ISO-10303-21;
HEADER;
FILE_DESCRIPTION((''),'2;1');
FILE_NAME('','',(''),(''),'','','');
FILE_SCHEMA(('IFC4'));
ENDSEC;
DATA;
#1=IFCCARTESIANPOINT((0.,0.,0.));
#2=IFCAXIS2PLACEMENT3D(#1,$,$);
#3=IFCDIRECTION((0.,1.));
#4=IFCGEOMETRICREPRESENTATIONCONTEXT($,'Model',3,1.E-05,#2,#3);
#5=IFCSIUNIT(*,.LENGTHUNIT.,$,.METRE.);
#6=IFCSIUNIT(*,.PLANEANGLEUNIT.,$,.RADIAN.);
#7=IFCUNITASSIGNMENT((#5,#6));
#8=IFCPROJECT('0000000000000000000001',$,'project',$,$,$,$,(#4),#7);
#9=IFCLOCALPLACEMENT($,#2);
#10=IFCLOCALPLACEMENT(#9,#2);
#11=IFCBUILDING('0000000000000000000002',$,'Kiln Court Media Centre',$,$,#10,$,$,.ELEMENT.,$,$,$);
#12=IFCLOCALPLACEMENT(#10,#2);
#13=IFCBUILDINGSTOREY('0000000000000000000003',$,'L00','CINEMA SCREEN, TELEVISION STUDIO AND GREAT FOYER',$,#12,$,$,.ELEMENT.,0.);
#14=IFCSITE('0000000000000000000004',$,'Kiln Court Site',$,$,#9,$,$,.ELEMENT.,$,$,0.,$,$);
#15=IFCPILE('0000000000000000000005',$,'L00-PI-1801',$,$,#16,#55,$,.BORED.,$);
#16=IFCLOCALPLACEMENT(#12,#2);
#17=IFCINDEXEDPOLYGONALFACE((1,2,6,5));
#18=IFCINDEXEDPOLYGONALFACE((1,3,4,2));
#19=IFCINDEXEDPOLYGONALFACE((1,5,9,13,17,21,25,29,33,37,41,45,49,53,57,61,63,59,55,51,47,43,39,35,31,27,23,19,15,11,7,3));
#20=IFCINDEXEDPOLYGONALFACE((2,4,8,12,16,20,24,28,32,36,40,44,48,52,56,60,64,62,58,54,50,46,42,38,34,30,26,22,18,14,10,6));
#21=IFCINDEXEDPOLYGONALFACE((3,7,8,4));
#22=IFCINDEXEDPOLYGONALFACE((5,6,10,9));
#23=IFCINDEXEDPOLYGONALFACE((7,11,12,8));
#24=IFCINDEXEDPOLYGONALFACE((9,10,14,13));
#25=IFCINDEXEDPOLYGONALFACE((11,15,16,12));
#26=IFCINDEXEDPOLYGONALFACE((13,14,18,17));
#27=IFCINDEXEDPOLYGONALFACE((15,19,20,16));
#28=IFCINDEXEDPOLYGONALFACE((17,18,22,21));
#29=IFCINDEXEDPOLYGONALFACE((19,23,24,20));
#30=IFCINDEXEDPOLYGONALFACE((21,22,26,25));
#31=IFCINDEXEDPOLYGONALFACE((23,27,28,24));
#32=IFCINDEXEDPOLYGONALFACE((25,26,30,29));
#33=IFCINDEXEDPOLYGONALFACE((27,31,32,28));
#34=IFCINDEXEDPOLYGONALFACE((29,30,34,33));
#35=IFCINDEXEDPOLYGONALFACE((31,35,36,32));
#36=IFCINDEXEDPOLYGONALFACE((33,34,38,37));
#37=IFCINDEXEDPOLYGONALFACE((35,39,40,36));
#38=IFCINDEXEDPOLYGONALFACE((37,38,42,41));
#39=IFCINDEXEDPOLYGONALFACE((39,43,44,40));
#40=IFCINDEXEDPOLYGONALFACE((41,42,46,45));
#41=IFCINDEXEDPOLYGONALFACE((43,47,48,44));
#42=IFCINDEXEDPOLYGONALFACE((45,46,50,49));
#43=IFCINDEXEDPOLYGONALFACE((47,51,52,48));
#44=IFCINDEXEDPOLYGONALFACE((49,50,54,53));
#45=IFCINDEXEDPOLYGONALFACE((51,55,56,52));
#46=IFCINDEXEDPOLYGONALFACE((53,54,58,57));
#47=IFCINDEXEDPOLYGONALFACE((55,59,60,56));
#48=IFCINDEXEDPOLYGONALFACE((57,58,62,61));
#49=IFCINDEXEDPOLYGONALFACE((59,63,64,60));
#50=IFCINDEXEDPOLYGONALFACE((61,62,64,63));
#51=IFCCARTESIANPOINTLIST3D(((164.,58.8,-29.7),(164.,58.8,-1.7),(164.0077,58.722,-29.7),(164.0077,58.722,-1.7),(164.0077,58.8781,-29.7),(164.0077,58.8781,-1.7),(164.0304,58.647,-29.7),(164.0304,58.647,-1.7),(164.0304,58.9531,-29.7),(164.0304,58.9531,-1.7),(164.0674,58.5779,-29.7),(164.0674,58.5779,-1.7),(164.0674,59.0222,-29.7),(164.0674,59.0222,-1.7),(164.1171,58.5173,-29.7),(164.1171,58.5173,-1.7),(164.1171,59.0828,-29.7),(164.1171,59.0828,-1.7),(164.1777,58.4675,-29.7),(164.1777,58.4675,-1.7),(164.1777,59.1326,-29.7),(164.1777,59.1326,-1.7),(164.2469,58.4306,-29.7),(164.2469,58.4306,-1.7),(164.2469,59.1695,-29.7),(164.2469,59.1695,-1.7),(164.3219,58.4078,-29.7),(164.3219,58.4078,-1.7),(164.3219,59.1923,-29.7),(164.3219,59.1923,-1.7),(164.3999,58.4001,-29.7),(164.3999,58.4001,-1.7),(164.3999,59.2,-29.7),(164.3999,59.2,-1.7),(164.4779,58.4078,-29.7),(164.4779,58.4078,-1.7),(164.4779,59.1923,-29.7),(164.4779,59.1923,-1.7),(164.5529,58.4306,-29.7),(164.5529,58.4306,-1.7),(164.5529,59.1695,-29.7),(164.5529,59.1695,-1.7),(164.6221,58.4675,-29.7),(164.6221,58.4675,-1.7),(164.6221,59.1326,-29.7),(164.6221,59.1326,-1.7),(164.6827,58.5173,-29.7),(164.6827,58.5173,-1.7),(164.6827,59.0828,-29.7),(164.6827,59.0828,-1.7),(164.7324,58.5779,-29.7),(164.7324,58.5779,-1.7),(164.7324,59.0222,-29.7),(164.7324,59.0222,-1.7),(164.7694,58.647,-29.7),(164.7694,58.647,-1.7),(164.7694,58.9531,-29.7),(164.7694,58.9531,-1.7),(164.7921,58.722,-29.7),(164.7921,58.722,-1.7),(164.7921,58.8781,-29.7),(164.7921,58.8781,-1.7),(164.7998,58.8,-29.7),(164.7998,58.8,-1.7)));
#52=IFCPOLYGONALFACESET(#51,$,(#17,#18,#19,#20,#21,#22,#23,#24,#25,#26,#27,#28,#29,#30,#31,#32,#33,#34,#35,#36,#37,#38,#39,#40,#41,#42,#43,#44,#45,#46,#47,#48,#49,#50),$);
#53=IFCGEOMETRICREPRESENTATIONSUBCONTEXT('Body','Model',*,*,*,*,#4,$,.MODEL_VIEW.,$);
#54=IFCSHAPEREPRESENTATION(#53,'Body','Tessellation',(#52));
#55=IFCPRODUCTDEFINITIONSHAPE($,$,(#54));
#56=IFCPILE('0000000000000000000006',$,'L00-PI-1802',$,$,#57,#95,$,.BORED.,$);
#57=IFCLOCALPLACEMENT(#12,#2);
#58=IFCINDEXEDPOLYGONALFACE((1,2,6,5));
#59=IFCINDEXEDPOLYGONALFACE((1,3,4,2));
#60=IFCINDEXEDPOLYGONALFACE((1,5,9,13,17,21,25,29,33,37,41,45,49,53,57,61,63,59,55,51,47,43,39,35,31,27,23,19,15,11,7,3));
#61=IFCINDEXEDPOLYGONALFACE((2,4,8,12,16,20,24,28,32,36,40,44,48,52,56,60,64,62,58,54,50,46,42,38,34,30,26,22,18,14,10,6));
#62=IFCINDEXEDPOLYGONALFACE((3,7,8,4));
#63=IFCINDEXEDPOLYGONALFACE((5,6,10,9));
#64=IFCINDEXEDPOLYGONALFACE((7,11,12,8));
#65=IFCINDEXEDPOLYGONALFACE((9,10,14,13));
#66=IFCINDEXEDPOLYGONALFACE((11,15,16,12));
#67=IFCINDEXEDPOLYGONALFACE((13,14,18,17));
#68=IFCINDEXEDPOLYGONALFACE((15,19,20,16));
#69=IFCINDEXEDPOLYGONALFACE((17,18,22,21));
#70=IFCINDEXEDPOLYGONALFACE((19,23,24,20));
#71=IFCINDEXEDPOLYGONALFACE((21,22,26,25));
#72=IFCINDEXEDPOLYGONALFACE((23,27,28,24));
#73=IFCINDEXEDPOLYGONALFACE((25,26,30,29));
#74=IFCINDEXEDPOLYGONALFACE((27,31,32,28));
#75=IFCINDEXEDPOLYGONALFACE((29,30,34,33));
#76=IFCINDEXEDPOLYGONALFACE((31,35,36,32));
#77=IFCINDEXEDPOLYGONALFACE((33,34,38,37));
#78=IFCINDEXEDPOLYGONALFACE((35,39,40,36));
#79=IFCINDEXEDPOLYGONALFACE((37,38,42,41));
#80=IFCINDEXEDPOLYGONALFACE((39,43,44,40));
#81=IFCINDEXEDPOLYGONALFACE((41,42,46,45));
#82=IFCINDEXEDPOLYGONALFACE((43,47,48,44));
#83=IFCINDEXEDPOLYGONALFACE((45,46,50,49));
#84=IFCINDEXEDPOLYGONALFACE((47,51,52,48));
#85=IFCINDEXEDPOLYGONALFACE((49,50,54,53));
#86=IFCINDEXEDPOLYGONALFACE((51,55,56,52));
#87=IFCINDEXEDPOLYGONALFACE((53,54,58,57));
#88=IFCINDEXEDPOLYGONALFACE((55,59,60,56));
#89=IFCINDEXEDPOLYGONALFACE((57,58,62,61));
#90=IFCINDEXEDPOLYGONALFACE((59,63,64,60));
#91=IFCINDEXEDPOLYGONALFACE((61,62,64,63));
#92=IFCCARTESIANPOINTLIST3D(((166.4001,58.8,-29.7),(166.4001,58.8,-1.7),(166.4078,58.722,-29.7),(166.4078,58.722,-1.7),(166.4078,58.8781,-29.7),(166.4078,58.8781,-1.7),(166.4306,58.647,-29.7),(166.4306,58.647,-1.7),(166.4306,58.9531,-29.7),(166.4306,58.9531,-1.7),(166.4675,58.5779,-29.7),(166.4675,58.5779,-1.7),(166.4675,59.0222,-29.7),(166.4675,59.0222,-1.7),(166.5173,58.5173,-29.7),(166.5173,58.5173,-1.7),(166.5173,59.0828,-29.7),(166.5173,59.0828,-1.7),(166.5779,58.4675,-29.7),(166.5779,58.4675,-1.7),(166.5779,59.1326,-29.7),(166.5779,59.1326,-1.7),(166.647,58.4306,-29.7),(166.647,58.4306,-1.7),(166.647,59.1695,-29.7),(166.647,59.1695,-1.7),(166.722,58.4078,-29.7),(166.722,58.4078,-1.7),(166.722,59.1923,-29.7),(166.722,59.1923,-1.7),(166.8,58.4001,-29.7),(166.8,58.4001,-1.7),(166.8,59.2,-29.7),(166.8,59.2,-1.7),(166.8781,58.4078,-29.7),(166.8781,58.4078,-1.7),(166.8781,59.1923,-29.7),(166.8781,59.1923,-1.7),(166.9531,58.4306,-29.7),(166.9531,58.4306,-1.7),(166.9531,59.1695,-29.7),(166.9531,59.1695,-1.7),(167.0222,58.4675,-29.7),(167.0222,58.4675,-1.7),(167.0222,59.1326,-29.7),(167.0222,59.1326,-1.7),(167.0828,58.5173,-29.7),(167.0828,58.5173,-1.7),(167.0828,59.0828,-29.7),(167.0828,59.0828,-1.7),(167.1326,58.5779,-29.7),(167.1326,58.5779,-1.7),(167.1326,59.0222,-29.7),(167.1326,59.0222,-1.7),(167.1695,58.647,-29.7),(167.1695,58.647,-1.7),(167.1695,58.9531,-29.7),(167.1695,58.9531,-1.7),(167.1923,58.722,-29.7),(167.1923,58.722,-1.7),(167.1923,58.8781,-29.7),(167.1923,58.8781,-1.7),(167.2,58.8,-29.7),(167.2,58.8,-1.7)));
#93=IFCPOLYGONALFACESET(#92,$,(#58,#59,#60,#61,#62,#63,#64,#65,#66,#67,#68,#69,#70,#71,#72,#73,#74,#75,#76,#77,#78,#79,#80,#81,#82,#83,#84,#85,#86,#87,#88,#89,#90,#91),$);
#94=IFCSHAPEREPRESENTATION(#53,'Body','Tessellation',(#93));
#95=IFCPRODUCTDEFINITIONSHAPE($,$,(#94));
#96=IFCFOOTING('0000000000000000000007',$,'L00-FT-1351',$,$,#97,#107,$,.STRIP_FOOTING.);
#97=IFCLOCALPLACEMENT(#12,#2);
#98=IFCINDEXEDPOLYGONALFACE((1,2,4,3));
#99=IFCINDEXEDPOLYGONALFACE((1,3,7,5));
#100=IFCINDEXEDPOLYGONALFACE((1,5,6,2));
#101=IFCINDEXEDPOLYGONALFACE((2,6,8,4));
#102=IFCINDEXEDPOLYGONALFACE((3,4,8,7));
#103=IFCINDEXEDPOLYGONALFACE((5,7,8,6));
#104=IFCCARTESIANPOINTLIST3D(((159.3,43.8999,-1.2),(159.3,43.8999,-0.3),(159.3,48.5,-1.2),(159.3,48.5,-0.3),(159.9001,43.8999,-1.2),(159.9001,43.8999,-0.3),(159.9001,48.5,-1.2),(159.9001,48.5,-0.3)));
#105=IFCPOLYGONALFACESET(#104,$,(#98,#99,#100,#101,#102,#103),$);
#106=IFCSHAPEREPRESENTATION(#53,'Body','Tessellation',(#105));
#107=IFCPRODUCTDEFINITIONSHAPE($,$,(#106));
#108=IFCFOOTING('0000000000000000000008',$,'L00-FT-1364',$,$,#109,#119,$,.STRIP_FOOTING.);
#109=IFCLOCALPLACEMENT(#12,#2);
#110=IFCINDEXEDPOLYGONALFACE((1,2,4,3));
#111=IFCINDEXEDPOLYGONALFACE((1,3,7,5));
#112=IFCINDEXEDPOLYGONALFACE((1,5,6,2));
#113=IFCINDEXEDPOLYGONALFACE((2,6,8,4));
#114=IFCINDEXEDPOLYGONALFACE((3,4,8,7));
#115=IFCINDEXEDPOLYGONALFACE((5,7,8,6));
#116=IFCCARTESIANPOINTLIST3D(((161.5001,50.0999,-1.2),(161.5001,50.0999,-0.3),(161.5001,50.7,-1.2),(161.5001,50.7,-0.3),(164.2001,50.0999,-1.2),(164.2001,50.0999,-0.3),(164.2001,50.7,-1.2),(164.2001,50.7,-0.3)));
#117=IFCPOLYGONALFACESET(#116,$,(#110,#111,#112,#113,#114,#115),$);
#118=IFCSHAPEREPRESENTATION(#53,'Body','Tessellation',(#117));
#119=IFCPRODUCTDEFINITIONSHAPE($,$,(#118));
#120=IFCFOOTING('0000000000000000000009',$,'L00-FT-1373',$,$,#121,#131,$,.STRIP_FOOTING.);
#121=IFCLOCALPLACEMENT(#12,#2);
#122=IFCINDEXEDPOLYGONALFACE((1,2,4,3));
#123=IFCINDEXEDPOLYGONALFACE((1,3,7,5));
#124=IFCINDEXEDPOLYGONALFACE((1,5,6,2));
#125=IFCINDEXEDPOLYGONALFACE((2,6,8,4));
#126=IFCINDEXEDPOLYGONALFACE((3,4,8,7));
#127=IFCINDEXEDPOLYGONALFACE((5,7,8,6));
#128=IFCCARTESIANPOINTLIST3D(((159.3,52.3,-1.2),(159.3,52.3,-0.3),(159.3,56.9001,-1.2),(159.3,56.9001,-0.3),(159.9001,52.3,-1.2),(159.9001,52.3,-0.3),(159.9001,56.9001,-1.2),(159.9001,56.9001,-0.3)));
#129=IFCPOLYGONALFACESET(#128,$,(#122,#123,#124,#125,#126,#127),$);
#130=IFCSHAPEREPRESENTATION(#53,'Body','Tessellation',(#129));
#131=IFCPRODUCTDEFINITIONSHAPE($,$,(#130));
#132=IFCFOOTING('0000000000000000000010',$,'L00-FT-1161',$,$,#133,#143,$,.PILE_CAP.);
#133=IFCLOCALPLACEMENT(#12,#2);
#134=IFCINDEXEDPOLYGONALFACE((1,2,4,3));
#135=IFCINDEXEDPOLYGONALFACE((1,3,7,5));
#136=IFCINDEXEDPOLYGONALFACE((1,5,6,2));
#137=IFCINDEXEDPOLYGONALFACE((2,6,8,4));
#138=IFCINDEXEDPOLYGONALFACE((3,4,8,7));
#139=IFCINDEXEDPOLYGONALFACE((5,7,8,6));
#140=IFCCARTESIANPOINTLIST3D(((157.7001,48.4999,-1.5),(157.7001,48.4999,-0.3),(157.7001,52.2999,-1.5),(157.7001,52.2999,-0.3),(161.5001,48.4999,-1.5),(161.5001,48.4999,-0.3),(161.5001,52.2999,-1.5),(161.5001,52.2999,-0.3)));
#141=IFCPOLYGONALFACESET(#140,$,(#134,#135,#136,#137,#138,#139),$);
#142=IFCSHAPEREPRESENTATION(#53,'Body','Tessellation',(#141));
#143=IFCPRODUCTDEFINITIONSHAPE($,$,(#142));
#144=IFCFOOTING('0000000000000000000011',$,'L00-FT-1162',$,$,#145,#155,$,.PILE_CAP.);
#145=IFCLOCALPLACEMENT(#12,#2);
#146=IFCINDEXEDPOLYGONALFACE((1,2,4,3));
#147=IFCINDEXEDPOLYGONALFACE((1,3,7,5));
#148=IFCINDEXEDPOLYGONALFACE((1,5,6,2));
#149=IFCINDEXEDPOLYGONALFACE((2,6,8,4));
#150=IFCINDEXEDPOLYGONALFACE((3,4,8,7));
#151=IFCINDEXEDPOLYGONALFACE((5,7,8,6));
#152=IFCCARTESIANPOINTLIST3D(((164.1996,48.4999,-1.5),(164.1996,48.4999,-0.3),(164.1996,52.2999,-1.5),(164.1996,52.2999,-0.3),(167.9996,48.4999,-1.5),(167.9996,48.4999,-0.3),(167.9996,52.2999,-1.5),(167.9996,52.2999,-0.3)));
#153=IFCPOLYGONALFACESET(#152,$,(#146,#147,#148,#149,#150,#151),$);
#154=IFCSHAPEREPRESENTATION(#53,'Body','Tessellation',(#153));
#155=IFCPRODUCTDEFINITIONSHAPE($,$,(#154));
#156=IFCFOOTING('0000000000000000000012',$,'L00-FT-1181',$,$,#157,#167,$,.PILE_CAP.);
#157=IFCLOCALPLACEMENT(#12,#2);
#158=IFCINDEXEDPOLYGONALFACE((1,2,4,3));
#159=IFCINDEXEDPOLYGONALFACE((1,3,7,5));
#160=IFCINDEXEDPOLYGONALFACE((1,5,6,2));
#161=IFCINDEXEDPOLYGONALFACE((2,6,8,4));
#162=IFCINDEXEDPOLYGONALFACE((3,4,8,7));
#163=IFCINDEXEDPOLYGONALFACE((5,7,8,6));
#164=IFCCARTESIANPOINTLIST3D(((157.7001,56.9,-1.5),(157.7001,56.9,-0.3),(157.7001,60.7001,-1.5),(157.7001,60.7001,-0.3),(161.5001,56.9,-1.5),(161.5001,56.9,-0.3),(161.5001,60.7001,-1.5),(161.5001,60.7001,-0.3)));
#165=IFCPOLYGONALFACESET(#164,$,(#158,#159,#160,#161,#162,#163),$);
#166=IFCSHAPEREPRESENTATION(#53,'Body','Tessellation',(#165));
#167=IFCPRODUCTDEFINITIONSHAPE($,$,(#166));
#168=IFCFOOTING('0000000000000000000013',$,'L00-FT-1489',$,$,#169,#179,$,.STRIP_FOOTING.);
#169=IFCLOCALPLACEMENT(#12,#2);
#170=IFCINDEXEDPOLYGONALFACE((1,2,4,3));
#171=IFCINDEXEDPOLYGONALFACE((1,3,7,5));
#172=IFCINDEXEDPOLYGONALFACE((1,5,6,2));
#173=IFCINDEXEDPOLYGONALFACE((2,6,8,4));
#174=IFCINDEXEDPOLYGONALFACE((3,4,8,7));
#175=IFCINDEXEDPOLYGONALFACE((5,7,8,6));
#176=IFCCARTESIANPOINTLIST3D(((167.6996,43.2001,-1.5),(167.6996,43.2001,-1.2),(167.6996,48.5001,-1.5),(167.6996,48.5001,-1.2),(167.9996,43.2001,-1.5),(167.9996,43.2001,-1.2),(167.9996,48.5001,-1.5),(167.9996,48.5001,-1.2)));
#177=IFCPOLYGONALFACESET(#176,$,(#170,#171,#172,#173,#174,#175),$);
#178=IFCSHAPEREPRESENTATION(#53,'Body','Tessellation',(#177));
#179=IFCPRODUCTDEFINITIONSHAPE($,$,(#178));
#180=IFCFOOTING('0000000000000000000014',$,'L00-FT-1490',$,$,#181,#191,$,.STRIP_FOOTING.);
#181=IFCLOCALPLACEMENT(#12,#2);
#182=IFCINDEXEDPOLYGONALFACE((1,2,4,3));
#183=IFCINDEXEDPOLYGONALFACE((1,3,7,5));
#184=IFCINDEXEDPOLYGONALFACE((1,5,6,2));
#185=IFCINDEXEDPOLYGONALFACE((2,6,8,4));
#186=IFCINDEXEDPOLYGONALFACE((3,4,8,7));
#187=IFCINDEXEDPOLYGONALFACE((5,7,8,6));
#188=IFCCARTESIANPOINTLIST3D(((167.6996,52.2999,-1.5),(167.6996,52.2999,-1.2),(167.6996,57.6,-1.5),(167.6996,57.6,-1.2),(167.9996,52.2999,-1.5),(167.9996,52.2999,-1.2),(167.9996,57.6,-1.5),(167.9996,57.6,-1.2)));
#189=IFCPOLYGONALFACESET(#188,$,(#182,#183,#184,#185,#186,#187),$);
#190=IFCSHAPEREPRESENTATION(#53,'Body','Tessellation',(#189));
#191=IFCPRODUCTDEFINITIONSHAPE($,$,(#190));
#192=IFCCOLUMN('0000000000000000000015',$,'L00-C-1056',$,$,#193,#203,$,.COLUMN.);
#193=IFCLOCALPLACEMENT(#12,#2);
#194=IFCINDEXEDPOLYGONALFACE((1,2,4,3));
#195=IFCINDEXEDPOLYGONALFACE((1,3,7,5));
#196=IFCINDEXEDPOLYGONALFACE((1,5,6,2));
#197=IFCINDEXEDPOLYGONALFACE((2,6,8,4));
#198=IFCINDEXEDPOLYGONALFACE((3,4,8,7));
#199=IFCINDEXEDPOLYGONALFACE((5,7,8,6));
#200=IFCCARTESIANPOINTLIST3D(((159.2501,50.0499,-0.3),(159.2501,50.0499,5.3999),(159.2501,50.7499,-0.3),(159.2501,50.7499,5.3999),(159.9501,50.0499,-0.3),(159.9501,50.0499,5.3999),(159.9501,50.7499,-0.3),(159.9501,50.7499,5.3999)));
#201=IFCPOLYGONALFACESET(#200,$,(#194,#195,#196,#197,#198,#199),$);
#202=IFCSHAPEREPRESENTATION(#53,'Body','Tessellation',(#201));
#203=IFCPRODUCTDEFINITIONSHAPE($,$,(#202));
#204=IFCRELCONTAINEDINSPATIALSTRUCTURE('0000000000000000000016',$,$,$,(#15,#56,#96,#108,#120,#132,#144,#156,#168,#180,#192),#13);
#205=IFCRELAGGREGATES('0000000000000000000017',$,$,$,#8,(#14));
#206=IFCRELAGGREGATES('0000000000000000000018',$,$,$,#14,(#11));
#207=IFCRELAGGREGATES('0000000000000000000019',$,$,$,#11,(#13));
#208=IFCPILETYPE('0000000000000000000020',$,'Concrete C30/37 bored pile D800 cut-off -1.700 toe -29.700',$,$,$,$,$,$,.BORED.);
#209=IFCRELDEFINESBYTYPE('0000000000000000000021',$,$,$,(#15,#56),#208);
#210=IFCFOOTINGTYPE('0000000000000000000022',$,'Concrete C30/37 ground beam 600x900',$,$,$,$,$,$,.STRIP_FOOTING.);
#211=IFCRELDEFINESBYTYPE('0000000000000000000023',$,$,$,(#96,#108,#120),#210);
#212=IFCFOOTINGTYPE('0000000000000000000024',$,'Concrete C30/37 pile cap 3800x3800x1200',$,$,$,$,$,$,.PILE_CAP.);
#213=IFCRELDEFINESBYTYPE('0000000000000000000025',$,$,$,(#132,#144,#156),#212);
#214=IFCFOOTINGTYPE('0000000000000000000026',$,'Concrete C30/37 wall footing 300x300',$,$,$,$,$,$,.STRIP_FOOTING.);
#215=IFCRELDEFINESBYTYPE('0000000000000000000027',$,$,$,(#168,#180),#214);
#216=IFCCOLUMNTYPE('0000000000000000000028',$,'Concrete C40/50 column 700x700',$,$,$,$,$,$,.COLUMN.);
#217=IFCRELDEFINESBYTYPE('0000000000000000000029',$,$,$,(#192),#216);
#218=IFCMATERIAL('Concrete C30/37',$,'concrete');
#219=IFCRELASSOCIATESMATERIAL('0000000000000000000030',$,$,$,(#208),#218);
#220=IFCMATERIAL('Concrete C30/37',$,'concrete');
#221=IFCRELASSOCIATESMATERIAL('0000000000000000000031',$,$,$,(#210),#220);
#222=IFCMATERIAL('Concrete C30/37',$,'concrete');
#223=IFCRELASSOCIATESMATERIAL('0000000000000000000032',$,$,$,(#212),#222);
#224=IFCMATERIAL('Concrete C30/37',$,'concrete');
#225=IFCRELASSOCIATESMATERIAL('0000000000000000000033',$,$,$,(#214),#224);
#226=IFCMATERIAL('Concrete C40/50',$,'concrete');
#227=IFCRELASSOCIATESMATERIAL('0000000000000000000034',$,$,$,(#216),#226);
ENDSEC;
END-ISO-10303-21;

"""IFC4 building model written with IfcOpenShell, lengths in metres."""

from ifc_helpers import new_model, si_unit, direction, frame, origin, origin_2d, place, context, subcontext, project, spatial, rectangle, circle, extrude, material, material_profile, profile_set, type_object, element, save


model = new_model("IFC4")

# Units and contexts
model_context = context("Model", 3, precision=1e-05, world=origin(), true_north=direction((0.0, 1.0)))
body_context = subcontext(model_context, "Body", "Model", "MODEL_VIEW")
ifc_project = project(units=[si_unit("LENGTHUNIT", "METRE"), si_unit("PLANEANGLEUNIT", "RADIAN")], contexts=[model_context])

# Site, building, storey
site_placement = place(None, origin())
site = spatial("IfcSite", under=ifc_project, at=site_placement, Name="Kiln Court Site", CompositionType="ELEMENT", RefElevation=0.0)
building_placement = place(site_placement, origin())
building = spatial("IfcBuilding", under=site, at=building_placement, Name="Kiln Court Media Centre", CompositionType="ELEMENT")
storey_placement = place(building_placement, origin())
storey = spatial("IfcBuildingStorey", under=building, at=storey_placement, Name="L00", Description="CINEMA SCREEN, TELEVISION STUDIO AND GREAT FOYER", CompositionType="ELEMENT", Elevation=0.0)

# Piles
ifc_material_1 = material(Name="Concrete C30/37", Category="concrete")
ifc_material_profile_1 = material_profile(ifc_material_1, circle(Radius=0.3999, at=origin_2d()), Name="PILE D800")
ifc_profile_set_1 = profile_set([ifc_material_profile_1], Name="Concrete C30/37")
pile_type_1 = type_object("IfcPileType", Name="Concrete C30/37 bored pile D800 cut-off -1.700 toe -29.700", PredefinedType="BORED", material=ifc_profile_set_1)
for number, where, z_axis, x_axis, name in (
    (1, (164.3999, 58.8, -1.7), (0.0, 0.0, -1.0), (1.0, 0.0, 0.0), "L00-PI-1801"),
    (2, (166.8, 58.8, -1.7), (0.0, 0.0, -1.0), (1.0, 0.0, 0.0), "L00-PI-1802"),
):
    element("IfcPile", number, at=place(storey_placement, frame(where, z_axis=z_axis, x_axis=x_axis)), inside=storey, type_object=pile_type_1, Name=name, PredefinedType="BORED", context=body_context, shape_type="SweptSolid", body=[
        extrude(circle(Radius=0.3999, at=origin_2d()), origin(), (0.0, 0.0, 1.0), 28.0),
    ])

# Footings
ifc_material_2 = material(Name="Concrete C30/37", Category="concrete")
footing_type_1 = type_object("IfcFootingType", Name="Concrete C30/37 ground beam 600x900", PredefinedType="STRIP_FOOTING", material=ifc_material_2)
footing_1_placement = place(storey_placement, frame((159.6001, 46.2, -1.2), z_axis=(0.0, 0.0, 1.0), x_axis=(1.0, 0.0, 0.0)))
element("IfcFooting", 3, at=footing_1_placement, inside=storey, type_object=footing_type_1, Name="L00-FT-1351", PredefinedType="STRIP_FOOTING", context=body_context, shape_type="SweptSolid", body=[
    extrude(rectangle(XDim=0.6001, YDim=4.6001, at=origin_2d()), origin(), (0.0, 0.0, 1.0), 0.8999),
])
footing_2_placement = place(storey_placement, frame((162.8501, 50.3999, -1.2), z_axis=(0.0, 0.0, 1.0), x_axis=(1.0, 0.0, 0.0)))
element("IfcFooting", 4, at=footing_2_placement, inside=storey, type_object=footing_type_1, Name="L00-FT-1364", PredefinedType="STRIP_FOOTING", context=body_context, shape_type="SweptSolid", body=[
    extrude(rectangle(XDim=2.7, YDim=0.6001, at=origin_2d()), origin(), (0.0, 0.0, 1.0), 0.8999),
])
footing_3_placement = place(storey_placement, frame((159.6001, 54.6001, -1.2), z_axis=(0.0, 0.0, 1.0), x_axis=(1.0, 0.0, 0.0)))
element("IfcFooting", 5, at=footing_3_placement, inside=storey, type_object=footing_type_1, Name="L00-FT-1373", PredefinedType="STRIP_FOOTING", context=body_context, shape_type="SweptSolid", body=[
    extrude(rectangle(XDim=0.6001, YDim=4.6001, at=origin_2d()), origin(), (0.0, 0.0, 1.0), 0.8999),
])
ifc_material_3 = material(Name="Concrete C30/37", Category="concrete")
footing_type_2 = type_object("IfcFootingType", Name="Concrete C30/37 pile cap 3800x3800x1200", PredefinedType="PILE_CAP", material=ifc_material_3)
for number, where, z_axis, x_axis, name in (
    (6, (159.6001, 50.3999, -1.5), (0.0, 0.0, 1.0), (1.0, 0.0, 0.0), "L00-FT-1161"),
    (7, (166.0996, 50.3999, -1.5), (0.0, 0.0, 1.0), (1.0, 0.0, 0.0), "L00-FT-1162"),
    (8, (159.6001, 58.8, -1.5), (0.0, 0.0, 1.0), (1.0, 0.0, 0.0), "L00-FT-1181"),
):
    element("IfcFooting", number, at=place(storey_placement, frame(where, z_axis=z_axis, x_axis=x_axis)), inside=storey, type_object=footing_type_2, Name=name, PredefinedType="PILE_CAP", context=body_context, shape_type="SweptSolid", body=[
        extrude(rectangle(XDim=3.8, YDim=3.8, at=origin_2d()), origin(), (0.0, 0.0, 1.0), 1.2),
    ])
ifc_material_4 = material(Name="Concrete C30/37", Category="concrete")
footing_type_3 = type_object("IfcFootingType", Name="Concrete C30/37 wall footing 300x300", PredefinedType="STRIP_FOOTING", material=ifc_material_4)
for number, where, z_axis, x_axis, name in (
    (9, (167.8496, 45.8501, -1.5), (0.0, 0.0, 1.0), (1.0, 0.0, 0.0), "L00-FT-1489"),
    (10, (167.8496, 54.95, -1.5), (0.0, 0.0, 1.0), (1.0, 0.0, 0.0), "L00-FT-1490"),
):
    element("IfcFooting", number, at=place(storey_placement, frame(where, z_axis=z_axis, x_axis=x_axis)), inside=storey, type_object=footing_type_3, Name=name, PredefinedType="STRIP_FOOTING", context=body_context, shape_type="SweptSolid", body=[
        extrude(rectangle(XDim=0.3, YDim=5.3, at=origin_2d()), origin(), (0.0, 0.0, 1.0), 0.3),
    ])

# Column
ifc_material_5 = material(Name="Concrete C40/50", Category="concrete")
ifc_material_profile_2 = material_profile(ifc_material_5, rectangle(XDim=0.7, YDim=0.7, at=origin_2d()), Name="RC 700x700")
ifc_profile_set_2 = profile_set([ifc_material_profile_2], Name="Concrete C40/50")
column_type = type_object("IfcColumnType", Name="Concrete C40/50 column 700x700", PredefinedType="COLUMN", material=ifc_profile_set_2)
for number, where, z_axis, x_axis, name in (
    (11, (159.6001, 50.3999, -0.3), (0.0, 0.0, 1.0), (1.0, 0.0, 0.0), "L00-C-1056"),
):
    element("IfcColumn", number, at=place(storey_placement, frame(where, z_axis=z_axis, x_axis=x_axis)), inside=storey, type_object=column_type, Name=name, PredefinedType="COLUMN", context=body_context, shape_type="SweptSolid", body=[
        extrude(rectangle(XDim=0.7, YDim=0.7, at=origin_2d()), origin(), (0.0, 0.0, 1.0), 5.7),
    ])

save(model, "model.ifc")
